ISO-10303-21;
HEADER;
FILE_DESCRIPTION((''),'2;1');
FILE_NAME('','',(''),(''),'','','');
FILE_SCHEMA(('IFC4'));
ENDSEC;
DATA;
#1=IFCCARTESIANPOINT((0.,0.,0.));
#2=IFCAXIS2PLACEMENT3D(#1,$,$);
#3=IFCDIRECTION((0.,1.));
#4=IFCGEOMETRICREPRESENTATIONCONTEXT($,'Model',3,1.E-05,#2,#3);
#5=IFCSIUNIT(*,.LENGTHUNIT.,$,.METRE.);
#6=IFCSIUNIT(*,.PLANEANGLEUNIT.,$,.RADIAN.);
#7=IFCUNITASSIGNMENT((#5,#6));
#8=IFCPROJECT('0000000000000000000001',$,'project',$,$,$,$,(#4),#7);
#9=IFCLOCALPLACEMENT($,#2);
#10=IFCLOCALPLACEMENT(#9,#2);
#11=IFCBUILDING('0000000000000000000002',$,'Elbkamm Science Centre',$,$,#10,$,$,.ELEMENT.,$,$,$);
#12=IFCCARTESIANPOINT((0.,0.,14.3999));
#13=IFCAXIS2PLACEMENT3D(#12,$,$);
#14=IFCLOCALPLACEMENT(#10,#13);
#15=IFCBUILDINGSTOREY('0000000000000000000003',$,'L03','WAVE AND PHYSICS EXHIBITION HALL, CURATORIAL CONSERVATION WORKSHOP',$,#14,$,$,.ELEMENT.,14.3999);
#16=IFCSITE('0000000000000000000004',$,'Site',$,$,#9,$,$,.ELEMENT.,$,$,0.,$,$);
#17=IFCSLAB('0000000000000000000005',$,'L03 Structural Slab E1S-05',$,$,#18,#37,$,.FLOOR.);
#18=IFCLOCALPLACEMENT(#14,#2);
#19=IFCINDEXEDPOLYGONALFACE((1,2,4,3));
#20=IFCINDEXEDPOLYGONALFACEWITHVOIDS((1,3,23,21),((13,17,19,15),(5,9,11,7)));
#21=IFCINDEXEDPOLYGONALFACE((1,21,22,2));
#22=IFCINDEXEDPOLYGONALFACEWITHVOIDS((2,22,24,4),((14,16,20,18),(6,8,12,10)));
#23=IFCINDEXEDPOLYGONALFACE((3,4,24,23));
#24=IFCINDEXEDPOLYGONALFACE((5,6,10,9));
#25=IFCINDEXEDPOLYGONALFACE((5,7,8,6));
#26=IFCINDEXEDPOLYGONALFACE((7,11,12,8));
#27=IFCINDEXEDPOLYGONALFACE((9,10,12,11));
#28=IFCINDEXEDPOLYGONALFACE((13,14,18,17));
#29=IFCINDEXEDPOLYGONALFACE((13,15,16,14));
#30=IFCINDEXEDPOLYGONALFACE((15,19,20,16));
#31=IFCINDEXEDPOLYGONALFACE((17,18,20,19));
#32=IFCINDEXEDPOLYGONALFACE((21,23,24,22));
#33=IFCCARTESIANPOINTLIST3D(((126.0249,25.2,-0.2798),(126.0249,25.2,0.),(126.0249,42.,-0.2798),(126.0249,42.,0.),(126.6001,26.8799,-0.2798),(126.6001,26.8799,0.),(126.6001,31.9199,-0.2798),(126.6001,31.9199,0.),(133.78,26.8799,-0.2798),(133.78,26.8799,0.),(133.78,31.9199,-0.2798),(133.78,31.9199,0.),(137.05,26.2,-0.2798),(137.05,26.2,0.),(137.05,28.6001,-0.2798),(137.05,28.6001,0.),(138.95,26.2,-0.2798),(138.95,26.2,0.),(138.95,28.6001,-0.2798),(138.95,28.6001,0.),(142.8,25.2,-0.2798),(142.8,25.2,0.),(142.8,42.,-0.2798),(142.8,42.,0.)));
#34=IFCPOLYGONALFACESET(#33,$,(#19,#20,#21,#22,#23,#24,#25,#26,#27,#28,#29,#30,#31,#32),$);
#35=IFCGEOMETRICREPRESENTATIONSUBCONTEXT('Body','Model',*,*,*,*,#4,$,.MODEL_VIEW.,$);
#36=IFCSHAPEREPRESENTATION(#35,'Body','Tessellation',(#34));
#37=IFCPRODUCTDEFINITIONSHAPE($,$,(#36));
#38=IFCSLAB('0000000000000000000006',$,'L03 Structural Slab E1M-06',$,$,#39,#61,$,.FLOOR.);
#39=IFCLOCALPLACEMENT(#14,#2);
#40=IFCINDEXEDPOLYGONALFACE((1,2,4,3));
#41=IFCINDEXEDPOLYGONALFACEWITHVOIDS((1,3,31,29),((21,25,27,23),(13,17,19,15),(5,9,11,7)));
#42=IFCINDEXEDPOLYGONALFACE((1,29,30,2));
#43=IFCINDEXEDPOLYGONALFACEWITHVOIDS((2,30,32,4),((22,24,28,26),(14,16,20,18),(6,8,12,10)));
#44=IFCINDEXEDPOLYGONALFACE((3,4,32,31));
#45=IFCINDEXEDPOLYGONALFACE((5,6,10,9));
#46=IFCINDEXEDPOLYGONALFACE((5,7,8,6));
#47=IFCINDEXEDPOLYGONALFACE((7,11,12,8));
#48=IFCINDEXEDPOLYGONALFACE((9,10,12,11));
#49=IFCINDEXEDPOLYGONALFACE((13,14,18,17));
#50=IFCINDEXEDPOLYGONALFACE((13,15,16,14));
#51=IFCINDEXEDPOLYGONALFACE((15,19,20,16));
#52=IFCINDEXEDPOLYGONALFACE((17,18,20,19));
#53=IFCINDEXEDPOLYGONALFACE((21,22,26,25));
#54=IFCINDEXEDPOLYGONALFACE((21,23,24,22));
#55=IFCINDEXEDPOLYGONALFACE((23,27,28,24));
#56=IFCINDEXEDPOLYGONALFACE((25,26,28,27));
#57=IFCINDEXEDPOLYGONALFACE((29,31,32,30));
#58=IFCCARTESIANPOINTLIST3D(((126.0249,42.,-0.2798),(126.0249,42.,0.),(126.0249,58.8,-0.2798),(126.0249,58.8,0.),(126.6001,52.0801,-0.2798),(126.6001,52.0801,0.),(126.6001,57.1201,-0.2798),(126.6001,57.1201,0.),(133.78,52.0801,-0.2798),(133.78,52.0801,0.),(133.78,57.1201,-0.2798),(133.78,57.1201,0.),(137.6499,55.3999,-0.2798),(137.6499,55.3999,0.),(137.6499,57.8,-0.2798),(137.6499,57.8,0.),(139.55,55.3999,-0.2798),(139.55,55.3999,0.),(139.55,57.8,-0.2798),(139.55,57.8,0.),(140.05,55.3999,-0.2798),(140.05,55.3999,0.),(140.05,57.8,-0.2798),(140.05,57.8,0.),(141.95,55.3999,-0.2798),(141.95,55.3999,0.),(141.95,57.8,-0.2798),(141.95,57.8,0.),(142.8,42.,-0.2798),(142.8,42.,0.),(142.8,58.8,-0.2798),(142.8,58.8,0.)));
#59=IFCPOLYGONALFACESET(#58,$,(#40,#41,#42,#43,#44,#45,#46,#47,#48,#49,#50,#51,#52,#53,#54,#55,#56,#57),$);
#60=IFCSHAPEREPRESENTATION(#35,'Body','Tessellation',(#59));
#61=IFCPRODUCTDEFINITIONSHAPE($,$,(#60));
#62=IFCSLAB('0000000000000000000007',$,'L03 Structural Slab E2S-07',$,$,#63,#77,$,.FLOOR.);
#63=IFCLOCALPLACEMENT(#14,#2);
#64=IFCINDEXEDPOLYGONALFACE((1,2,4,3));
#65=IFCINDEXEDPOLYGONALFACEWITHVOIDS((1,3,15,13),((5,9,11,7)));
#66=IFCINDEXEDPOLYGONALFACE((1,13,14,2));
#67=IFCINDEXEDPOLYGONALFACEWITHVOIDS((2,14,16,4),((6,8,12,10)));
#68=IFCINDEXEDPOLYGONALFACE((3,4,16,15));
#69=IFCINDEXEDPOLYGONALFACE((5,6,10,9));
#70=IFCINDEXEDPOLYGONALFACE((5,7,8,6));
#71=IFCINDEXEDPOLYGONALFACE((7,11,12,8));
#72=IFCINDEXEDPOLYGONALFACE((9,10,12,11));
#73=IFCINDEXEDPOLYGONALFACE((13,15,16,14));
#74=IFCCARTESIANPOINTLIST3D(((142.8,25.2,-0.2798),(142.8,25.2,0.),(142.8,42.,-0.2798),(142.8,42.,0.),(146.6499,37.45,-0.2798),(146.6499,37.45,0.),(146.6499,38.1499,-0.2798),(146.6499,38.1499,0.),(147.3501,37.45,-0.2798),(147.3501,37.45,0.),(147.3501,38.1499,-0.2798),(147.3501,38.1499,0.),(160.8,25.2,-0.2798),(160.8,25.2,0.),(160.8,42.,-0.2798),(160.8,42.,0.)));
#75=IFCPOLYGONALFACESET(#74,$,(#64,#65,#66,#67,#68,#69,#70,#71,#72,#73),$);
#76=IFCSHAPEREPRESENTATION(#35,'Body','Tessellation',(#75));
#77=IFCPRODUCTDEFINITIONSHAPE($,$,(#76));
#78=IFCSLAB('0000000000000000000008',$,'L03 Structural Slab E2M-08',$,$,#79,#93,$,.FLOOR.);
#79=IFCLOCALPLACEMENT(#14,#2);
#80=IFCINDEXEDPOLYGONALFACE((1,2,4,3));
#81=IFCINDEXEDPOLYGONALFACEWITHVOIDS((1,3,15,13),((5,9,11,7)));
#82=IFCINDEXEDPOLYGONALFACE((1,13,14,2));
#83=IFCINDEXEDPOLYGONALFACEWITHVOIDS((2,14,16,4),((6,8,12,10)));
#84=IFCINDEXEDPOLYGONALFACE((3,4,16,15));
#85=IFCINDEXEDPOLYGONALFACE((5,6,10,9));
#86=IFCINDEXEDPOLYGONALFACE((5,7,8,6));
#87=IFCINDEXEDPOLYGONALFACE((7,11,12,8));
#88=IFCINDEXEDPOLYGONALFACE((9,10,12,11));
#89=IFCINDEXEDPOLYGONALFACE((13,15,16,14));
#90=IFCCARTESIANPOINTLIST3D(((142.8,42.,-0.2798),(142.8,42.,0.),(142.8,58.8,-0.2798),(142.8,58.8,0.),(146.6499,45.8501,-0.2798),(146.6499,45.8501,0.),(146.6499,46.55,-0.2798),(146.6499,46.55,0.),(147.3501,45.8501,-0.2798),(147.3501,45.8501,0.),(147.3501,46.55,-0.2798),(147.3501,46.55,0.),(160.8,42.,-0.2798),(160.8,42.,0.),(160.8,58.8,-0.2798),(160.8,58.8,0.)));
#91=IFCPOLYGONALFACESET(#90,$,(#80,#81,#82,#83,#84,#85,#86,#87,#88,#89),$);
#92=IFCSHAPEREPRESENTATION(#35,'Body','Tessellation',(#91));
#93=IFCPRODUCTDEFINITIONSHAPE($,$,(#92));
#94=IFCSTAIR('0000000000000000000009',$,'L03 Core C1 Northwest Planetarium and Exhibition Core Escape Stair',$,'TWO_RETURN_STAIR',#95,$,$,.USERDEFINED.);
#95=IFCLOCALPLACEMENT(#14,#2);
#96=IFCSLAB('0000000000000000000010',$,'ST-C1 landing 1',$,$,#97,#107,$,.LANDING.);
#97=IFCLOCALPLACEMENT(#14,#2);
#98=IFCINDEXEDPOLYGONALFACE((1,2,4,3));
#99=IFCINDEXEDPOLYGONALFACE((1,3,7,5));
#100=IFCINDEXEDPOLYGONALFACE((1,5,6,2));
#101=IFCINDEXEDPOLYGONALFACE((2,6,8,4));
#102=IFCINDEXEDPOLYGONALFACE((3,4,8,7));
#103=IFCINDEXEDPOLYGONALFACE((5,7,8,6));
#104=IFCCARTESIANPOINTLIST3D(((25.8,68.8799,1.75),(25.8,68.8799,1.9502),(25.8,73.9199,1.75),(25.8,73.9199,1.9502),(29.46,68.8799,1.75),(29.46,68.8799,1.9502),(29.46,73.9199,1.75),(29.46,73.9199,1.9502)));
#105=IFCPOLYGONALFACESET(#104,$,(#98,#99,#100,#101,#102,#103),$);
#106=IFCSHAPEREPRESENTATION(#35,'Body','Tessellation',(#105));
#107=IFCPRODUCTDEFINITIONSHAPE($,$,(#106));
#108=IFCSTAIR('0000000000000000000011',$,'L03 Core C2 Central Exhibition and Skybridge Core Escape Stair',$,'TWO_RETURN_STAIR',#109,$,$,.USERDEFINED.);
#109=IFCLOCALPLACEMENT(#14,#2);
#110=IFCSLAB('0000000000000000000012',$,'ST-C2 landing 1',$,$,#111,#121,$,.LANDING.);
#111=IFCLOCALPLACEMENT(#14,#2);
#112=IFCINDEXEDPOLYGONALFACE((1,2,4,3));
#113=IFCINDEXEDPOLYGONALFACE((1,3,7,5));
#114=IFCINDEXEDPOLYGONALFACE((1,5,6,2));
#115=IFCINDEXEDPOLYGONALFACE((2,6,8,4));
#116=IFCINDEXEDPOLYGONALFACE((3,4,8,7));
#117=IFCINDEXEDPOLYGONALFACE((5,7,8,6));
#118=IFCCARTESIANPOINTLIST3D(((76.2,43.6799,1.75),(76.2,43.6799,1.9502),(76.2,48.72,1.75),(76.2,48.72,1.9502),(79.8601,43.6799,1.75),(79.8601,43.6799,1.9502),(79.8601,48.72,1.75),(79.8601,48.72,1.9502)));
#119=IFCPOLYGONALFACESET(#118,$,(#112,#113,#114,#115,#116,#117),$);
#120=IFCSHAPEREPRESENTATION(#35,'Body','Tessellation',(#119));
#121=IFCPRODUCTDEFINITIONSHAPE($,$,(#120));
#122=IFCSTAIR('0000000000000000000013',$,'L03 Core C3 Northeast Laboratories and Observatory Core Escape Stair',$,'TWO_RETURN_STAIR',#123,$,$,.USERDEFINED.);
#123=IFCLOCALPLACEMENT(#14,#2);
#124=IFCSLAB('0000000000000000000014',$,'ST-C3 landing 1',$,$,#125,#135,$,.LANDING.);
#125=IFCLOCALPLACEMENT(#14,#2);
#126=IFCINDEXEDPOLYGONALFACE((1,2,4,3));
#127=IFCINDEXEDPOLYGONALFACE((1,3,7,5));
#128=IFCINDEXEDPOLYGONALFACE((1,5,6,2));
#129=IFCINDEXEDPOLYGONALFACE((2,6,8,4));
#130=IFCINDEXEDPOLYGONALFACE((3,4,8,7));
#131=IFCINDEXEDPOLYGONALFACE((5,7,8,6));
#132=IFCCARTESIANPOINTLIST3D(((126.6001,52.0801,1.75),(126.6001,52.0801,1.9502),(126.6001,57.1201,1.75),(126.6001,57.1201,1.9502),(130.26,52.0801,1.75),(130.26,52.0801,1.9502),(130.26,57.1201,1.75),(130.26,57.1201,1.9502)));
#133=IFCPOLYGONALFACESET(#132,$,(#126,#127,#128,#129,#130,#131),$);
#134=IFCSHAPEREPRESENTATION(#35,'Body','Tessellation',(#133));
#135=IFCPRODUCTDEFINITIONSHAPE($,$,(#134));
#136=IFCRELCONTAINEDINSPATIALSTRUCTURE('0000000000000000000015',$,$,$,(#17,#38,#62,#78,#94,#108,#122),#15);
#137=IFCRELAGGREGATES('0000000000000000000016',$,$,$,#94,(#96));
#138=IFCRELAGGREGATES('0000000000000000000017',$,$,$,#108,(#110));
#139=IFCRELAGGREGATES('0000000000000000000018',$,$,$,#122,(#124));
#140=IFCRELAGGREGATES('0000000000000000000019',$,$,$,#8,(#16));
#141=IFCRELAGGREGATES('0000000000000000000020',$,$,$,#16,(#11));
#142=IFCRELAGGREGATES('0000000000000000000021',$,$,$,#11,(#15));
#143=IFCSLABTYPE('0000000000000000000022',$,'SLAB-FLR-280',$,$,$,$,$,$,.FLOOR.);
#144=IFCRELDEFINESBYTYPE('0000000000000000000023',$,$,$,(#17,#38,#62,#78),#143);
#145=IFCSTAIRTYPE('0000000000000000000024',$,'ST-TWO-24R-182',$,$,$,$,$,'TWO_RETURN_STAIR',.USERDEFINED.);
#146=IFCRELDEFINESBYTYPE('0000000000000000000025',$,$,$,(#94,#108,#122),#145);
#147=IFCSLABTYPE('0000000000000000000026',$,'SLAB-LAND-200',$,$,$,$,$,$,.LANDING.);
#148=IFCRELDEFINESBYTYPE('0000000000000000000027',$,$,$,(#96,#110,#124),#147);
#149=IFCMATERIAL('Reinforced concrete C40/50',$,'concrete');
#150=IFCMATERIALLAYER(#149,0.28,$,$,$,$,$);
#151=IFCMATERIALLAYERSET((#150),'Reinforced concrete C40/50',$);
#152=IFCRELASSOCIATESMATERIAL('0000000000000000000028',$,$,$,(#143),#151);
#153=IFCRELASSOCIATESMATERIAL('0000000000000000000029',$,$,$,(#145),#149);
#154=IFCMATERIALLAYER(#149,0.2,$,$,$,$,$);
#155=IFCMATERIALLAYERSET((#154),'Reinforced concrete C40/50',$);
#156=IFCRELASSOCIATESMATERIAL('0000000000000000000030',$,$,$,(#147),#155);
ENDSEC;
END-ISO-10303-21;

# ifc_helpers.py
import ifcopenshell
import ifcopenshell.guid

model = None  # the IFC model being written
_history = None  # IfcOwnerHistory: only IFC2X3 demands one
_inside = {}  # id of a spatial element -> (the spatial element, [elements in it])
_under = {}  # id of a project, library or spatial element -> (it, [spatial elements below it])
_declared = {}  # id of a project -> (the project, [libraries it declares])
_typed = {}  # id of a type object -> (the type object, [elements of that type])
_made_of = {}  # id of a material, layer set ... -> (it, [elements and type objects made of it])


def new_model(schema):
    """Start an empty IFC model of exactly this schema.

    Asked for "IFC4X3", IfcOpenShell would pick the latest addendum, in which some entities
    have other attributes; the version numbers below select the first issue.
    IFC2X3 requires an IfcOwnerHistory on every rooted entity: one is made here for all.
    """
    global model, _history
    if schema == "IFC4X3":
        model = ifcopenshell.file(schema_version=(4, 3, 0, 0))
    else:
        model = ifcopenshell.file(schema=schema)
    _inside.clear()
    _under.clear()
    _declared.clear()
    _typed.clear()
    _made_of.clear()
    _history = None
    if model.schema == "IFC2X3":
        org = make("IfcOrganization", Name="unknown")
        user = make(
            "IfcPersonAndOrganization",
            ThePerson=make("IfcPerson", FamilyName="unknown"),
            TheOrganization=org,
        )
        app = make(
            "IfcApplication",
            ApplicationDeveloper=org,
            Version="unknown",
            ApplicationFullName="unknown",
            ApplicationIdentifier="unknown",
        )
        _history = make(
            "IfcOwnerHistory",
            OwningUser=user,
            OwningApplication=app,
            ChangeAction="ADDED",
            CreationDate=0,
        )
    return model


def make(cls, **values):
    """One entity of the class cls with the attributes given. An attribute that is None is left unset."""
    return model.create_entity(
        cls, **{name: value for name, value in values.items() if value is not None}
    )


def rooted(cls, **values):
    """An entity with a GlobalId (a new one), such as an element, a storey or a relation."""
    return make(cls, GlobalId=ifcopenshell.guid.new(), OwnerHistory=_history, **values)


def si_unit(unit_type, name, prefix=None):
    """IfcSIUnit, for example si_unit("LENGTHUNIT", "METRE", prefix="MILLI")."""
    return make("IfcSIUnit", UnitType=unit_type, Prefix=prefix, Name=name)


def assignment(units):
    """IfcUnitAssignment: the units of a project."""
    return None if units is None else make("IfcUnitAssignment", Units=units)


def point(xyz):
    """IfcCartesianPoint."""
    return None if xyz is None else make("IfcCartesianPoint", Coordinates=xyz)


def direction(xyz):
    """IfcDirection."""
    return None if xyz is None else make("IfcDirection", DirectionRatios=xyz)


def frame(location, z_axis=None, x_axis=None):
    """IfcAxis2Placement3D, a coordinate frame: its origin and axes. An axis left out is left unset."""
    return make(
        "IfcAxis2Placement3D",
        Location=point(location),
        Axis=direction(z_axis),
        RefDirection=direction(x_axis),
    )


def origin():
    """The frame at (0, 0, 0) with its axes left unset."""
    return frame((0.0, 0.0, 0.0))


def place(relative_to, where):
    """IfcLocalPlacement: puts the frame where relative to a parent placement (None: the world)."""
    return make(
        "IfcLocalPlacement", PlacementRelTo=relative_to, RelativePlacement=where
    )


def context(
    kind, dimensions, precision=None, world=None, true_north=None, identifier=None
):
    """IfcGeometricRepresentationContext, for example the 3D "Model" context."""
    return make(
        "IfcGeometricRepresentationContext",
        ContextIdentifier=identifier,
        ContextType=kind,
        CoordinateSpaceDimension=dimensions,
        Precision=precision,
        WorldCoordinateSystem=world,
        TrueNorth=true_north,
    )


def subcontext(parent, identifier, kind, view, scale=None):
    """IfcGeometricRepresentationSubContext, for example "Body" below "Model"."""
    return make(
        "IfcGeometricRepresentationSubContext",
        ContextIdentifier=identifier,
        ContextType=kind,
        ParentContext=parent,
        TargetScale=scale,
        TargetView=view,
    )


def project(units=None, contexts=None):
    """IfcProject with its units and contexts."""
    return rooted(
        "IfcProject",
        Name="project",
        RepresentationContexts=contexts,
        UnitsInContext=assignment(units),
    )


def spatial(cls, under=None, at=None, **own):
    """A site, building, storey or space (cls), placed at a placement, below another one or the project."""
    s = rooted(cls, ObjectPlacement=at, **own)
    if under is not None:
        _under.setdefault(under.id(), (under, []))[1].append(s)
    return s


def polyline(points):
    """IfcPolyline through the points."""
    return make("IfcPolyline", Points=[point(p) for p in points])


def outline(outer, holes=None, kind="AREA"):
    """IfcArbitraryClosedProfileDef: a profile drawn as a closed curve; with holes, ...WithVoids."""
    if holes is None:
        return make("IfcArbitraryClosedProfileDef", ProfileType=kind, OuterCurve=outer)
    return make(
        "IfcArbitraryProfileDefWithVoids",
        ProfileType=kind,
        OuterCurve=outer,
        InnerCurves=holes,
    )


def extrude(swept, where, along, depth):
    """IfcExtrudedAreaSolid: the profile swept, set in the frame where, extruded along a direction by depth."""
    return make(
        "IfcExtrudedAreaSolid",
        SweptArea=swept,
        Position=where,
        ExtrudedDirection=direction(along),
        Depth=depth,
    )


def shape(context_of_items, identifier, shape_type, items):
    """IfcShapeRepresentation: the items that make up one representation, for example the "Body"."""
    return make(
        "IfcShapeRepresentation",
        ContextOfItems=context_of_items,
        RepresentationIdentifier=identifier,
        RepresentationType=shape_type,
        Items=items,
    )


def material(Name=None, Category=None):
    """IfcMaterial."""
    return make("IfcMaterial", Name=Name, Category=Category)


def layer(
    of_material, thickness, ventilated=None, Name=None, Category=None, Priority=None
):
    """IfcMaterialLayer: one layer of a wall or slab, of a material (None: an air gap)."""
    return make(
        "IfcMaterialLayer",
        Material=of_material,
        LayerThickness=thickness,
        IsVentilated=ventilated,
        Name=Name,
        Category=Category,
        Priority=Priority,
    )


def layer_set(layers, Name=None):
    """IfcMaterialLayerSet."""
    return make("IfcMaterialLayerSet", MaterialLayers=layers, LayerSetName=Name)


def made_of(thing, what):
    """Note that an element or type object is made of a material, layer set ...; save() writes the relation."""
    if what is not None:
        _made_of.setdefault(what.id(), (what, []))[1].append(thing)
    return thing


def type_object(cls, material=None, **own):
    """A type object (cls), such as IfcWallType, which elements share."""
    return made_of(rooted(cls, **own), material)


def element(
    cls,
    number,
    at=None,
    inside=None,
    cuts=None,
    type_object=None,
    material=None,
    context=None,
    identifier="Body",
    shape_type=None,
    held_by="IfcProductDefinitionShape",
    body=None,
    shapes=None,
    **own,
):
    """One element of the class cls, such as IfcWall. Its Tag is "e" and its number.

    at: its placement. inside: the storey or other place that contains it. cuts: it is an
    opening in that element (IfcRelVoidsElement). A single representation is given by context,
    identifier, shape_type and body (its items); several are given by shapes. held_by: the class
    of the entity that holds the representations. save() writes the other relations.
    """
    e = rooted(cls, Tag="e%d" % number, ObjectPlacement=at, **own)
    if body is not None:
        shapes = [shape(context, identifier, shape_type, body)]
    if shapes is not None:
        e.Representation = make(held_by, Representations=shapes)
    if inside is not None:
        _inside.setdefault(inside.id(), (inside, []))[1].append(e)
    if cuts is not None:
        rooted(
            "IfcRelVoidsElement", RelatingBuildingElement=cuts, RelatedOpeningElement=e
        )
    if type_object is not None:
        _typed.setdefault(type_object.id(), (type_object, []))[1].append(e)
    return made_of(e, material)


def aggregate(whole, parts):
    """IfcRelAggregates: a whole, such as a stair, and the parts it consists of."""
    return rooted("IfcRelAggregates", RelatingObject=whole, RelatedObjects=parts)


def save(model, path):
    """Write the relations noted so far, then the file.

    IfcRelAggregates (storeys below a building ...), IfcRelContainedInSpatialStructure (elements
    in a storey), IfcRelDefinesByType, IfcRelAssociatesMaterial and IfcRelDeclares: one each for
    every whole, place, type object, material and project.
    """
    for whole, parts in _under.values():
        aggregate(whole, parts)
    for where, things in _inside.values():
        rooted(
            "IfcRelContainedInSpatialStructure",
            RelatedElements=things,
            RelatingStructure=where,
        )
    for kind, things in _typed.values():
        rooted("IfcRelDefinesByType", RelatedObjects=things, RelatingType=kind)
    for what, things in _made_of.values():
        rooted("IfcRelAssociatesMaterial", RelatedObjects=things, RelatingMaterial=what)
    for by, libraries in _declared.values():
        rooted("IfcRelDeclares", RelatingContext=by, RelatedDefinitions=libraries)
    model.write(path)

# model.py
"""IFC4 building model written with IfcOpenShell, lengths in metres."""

from ifc_helpers import new_model, si_unit, direction, frame, origin, place, context, subcontext, project, spatial, polyline, outline, extrude, material, layer, layer_set, type_object, element, aggregate, save


model = new_model("IFC4")

# Units and contexts
model_context = context("Model", 3, precision=1e-05, world=origin(), true_north=direction((0.0, 1.0)))
body_context = subcontext(model_context, "Body", "Model", "MODEL_VIEW")
ifc_project = project(units=[si_unit("LENGTHUNIT", "METRE"), si_unit("PLANEANGLEUNIT", "RADIAN")], contexts=[model_context])

# Site, building, storey
site_placement = place(None, origin())
site = spatial("IfcSite", under=ifc_project, at=site_placement, Name="Site", CompositionType="ELEMENT", RefElevation=0.0)
building_placement = place(site_placement, origin())
building = spatial("IfcBuilding", under=site, at=building_placement, Name="Elbkamm Science Centre", CompositionType="ELEMENT")
storey_placement = place(building_placement, frame((0.0, 0.0, 14.3999)))
storey = spatial("IfcBuildingStorey", under=building, at=storey_placement, Name="L03", Description="WAVE AND PHYSICS EXHIBITION HALL, CURATORIAL CONSERVATION WORKSHOP", CompositionType="ELEMENT", Elevation=14.3999)

# Slabs
ifc_material_1 = material(Name="Reinforced concrete C40/50", Category="concrete")
ifc_layer_1 = layer(ifc_material_1, 0.28)
ifc_layer_set_1 = layer_set([ifc_layer_1], Name="Reinforced concrete C40/50")
slab_type_1 = type_object("IfcSlabType", Name="SLAB-FLR-280", PredefinedType="FLOOR", material=ifc_layer_set_1)
slab_1_placement = place(storey_placement, frame((0.0, 0.0, -0.2798)))
element("IfcSlab", 1, at=slab_1_placement, inside=storey, type_object=slab_type_1, Name="L03 Structural Slab E1S-05", PredefinedType="FLOOR", context=body_context, shape_type="SweptSolid", body=[
    extrude(outline(polyline([(126.0249, 25.2), (126.0249, 42.0), (142.8, 42.0), (142.8, 25.2), (126.0249, 25.2)]), holes=[polyline([(126.6001, 26.8799), (133.78, 26.8799), (133.78, 31.9199), (126.6001, 31.9199), (126.6001, 26.8799)]), polyline([(137.05, 26.2), (138.95, 26.2), (138.95, 28.6001), (137.05, 28.6001), (137.05, 26.2)])]), origin(), (0.0, 0.0, 1.0), 0.2798),
])
slab_2_placement = place(storey_placement, frame((0.0, 0.0, -0.2798)))
element("IfcSlab", 2, at=slab_2_placement, inside=storey, type_object=slab_type_1, Name="L03 Structural Slab E1M-06", PredefinedType="FLOOR", context=body_context, shape_type="SweptSolid", body=[
    extrude(outline(polyline([(126.0249, 58.8), (142.8, 58.8), (142.8, 42.0), (126.0249, 42.0), (126.0249, 58.8)]), holes=[polyline([(126.6001, 57.1201), (126.6001, 52.0801), (133.78, 52.0801), (133.78, 57.1201), (126.6001, 57.1201)]), polyline([(137.6499, 57.8), (137.6499, 55.3999), (139.55, 55.3999), (139.55, 57.8), (137.6499, 57.8)]), polyline([(141.95, 57.8), (140.05, 57.8), (140.05, 55.3999), (141.95, 55.3999), (141.95, 57.8)])]), origin(), (0.0, 0.0, 1.0), 0.2798),
])
slab_3_placement = place(storey_placement, frame((0.0, 0.0, -0.2798)))
element("IfcSlab", 3, at=slab_3_placement, inside=storey, type_object=slab_type_1, Name="L03 Structural Slab E2S-07", PredefinedType="FLOOR", context=body_context, shape_type="SweptSolid", body=[
    extrude(outline(polyline([(142.8, 25.2), (142.8, 42.0), (160.8, 42.0), (160.8, 25.2), (142.8, 25.2)]), holes=[polyline([(147.3501, 38.1499), (146.6499, 38.1499), (146.6499, 37.45), (147.3501, 37.45), (147.3501, 38.1499)])]), origin(), (0.0, 0.0, 1.0), 0.2798),
])
slab_4_placement = place(storey_placement, frame((0.0, 0.0, -0.2798)))
element("IfcSlab", 4, at=slab_4_placement, inside=storey, type_object=slab_type_1, Name="L03 Structural Slab E2M-08", PredefinedType="FLOOR", context=body_context, shape_type="SweptSolid", body=[
    extrude(outline(polyline([(160.8, 42.0), (142.8, 42.0), (142.8, 58.8), (160.8, 58.8), (160.8, 42.0)]), holes=[polyline([(147.3501, 46.55), (146.6499, 46.55), (146.6499, 45.8501), (147.3501, 45.8501), (147.3501, 46.55)])]), origin(), (0.0, 0.0, 1.0), 0.2798),
])

# Stairs, slabs
stair_type = type_object("IfcStairType", Name="ST-TWO-24R-182", ElementType="TWO_RETURN_STAIR", PredefinedType="USERDEFINED", material=ifc_material_1)
stair_1_placement = place(storey_placement, origin())
stair_1 = element("IfcStair", 5, at=stair_1_placement, inside=storey, type_object=stair_type, Name="L03 Core C1 Northwest Planetarium and Exhibition Core Escape Stair", ObjectType="TWO_RETURN_STAIR", PredefinedType="USERDEFINED")
ifc_layer_2 = layer(ifc_material_1, 0.2)
ifc_layer_set_2 = layer_set([ifc_layer_2], Name="Reinforced concrete C40/50")
slab_type_2 = type_object("IfcSlabType", Name="SLAB-LAND-200", PredefinedType="LANDING", material=ifc_layer_set_2)
slab_5_placement = place(storey_placement, frame((0.0, 0.0, 1.75)))
slab_5 = element("IfcSlab", 6, at=slab_5_placement, type_object=slab_type_2, Name="ST-C1 landing 1", PredefinedType="LANDING", context=body_context, shape_type="SweptSolid", body=[
    extrude(outline(polyline([(29.46, 73.9199), (25.8, 73.9199), (25.8, 68.8799), (29.46, 68.8799), (29.46, 73.9199)])), origin(), (0.0, 0.0, 1.0), 0.2002),
])
aggregate(stair_1, [slab_5])
stair_2_placement = place(storey_placement, origin())
stair_2 = element("IfcStair", 7, at=stair_2_placement, inside=storey, type_object=stair_type, Name="L03 Core C2 Central Exhibition and Skybridge Core Escape Stair", ObjectType="TWO_RETURN_STAIR", PredefinedType="USERDEFINED")
slab_6_placement = place(storey_placement, frame((0.0, 0.0, 1.75)))
slab_6 = element("IfcSlab", 8, at=slab_6_placement, type_object=slab_type_2, Name="ST-C2 landing 1", PredefinedType="LANDING", context=body_context, shape_type="SweptSolid", body=[
    extrude(outline(polyline([(79.8601, 48.72), (76.2, 48.72), (76.2, 43.6799), (79.8601, 43.6799), (79.8601, 48.72)])), origin(), (0.0, 0.0, 1.0), 0.2002),
])
aggregate(stair_2, [slab_6])
stair_3_placement = place(storey_placement, origin())
stair_3 = element("IfcStair", 9, at=stair_3_placement, inside=storey, type_object=stair_type, Name="L03 Core C3 Northeast Laboratories and Observatory Core Escape Stair", ObjectType="TWO_RETURN_STAIR", PredefinedType="USERDEFINED")
slab_7_placement = place(storey_placement, frame((0.0, 0.0, 1.75)))
slab_7 = element("IfcSlab", 10, at=slab_7_placement, type_object=slab_type_2, Name="ST-C3 landing 1", PredefinedType="LANDING", context=body_context, shape_type="SweptSolid", body=[
    extrude(outline(polyline([(130.26, 57.1201), (126.6001, 57.1201), (126.6001, 52.0801), (130.26, 52.0801), (130.26, 57.1201)])), origin(), (0.0, 0.0, 1.0), 0.2002),
])
aggregate(stair_3, [slab_7])

save(model, "model.ifc")
